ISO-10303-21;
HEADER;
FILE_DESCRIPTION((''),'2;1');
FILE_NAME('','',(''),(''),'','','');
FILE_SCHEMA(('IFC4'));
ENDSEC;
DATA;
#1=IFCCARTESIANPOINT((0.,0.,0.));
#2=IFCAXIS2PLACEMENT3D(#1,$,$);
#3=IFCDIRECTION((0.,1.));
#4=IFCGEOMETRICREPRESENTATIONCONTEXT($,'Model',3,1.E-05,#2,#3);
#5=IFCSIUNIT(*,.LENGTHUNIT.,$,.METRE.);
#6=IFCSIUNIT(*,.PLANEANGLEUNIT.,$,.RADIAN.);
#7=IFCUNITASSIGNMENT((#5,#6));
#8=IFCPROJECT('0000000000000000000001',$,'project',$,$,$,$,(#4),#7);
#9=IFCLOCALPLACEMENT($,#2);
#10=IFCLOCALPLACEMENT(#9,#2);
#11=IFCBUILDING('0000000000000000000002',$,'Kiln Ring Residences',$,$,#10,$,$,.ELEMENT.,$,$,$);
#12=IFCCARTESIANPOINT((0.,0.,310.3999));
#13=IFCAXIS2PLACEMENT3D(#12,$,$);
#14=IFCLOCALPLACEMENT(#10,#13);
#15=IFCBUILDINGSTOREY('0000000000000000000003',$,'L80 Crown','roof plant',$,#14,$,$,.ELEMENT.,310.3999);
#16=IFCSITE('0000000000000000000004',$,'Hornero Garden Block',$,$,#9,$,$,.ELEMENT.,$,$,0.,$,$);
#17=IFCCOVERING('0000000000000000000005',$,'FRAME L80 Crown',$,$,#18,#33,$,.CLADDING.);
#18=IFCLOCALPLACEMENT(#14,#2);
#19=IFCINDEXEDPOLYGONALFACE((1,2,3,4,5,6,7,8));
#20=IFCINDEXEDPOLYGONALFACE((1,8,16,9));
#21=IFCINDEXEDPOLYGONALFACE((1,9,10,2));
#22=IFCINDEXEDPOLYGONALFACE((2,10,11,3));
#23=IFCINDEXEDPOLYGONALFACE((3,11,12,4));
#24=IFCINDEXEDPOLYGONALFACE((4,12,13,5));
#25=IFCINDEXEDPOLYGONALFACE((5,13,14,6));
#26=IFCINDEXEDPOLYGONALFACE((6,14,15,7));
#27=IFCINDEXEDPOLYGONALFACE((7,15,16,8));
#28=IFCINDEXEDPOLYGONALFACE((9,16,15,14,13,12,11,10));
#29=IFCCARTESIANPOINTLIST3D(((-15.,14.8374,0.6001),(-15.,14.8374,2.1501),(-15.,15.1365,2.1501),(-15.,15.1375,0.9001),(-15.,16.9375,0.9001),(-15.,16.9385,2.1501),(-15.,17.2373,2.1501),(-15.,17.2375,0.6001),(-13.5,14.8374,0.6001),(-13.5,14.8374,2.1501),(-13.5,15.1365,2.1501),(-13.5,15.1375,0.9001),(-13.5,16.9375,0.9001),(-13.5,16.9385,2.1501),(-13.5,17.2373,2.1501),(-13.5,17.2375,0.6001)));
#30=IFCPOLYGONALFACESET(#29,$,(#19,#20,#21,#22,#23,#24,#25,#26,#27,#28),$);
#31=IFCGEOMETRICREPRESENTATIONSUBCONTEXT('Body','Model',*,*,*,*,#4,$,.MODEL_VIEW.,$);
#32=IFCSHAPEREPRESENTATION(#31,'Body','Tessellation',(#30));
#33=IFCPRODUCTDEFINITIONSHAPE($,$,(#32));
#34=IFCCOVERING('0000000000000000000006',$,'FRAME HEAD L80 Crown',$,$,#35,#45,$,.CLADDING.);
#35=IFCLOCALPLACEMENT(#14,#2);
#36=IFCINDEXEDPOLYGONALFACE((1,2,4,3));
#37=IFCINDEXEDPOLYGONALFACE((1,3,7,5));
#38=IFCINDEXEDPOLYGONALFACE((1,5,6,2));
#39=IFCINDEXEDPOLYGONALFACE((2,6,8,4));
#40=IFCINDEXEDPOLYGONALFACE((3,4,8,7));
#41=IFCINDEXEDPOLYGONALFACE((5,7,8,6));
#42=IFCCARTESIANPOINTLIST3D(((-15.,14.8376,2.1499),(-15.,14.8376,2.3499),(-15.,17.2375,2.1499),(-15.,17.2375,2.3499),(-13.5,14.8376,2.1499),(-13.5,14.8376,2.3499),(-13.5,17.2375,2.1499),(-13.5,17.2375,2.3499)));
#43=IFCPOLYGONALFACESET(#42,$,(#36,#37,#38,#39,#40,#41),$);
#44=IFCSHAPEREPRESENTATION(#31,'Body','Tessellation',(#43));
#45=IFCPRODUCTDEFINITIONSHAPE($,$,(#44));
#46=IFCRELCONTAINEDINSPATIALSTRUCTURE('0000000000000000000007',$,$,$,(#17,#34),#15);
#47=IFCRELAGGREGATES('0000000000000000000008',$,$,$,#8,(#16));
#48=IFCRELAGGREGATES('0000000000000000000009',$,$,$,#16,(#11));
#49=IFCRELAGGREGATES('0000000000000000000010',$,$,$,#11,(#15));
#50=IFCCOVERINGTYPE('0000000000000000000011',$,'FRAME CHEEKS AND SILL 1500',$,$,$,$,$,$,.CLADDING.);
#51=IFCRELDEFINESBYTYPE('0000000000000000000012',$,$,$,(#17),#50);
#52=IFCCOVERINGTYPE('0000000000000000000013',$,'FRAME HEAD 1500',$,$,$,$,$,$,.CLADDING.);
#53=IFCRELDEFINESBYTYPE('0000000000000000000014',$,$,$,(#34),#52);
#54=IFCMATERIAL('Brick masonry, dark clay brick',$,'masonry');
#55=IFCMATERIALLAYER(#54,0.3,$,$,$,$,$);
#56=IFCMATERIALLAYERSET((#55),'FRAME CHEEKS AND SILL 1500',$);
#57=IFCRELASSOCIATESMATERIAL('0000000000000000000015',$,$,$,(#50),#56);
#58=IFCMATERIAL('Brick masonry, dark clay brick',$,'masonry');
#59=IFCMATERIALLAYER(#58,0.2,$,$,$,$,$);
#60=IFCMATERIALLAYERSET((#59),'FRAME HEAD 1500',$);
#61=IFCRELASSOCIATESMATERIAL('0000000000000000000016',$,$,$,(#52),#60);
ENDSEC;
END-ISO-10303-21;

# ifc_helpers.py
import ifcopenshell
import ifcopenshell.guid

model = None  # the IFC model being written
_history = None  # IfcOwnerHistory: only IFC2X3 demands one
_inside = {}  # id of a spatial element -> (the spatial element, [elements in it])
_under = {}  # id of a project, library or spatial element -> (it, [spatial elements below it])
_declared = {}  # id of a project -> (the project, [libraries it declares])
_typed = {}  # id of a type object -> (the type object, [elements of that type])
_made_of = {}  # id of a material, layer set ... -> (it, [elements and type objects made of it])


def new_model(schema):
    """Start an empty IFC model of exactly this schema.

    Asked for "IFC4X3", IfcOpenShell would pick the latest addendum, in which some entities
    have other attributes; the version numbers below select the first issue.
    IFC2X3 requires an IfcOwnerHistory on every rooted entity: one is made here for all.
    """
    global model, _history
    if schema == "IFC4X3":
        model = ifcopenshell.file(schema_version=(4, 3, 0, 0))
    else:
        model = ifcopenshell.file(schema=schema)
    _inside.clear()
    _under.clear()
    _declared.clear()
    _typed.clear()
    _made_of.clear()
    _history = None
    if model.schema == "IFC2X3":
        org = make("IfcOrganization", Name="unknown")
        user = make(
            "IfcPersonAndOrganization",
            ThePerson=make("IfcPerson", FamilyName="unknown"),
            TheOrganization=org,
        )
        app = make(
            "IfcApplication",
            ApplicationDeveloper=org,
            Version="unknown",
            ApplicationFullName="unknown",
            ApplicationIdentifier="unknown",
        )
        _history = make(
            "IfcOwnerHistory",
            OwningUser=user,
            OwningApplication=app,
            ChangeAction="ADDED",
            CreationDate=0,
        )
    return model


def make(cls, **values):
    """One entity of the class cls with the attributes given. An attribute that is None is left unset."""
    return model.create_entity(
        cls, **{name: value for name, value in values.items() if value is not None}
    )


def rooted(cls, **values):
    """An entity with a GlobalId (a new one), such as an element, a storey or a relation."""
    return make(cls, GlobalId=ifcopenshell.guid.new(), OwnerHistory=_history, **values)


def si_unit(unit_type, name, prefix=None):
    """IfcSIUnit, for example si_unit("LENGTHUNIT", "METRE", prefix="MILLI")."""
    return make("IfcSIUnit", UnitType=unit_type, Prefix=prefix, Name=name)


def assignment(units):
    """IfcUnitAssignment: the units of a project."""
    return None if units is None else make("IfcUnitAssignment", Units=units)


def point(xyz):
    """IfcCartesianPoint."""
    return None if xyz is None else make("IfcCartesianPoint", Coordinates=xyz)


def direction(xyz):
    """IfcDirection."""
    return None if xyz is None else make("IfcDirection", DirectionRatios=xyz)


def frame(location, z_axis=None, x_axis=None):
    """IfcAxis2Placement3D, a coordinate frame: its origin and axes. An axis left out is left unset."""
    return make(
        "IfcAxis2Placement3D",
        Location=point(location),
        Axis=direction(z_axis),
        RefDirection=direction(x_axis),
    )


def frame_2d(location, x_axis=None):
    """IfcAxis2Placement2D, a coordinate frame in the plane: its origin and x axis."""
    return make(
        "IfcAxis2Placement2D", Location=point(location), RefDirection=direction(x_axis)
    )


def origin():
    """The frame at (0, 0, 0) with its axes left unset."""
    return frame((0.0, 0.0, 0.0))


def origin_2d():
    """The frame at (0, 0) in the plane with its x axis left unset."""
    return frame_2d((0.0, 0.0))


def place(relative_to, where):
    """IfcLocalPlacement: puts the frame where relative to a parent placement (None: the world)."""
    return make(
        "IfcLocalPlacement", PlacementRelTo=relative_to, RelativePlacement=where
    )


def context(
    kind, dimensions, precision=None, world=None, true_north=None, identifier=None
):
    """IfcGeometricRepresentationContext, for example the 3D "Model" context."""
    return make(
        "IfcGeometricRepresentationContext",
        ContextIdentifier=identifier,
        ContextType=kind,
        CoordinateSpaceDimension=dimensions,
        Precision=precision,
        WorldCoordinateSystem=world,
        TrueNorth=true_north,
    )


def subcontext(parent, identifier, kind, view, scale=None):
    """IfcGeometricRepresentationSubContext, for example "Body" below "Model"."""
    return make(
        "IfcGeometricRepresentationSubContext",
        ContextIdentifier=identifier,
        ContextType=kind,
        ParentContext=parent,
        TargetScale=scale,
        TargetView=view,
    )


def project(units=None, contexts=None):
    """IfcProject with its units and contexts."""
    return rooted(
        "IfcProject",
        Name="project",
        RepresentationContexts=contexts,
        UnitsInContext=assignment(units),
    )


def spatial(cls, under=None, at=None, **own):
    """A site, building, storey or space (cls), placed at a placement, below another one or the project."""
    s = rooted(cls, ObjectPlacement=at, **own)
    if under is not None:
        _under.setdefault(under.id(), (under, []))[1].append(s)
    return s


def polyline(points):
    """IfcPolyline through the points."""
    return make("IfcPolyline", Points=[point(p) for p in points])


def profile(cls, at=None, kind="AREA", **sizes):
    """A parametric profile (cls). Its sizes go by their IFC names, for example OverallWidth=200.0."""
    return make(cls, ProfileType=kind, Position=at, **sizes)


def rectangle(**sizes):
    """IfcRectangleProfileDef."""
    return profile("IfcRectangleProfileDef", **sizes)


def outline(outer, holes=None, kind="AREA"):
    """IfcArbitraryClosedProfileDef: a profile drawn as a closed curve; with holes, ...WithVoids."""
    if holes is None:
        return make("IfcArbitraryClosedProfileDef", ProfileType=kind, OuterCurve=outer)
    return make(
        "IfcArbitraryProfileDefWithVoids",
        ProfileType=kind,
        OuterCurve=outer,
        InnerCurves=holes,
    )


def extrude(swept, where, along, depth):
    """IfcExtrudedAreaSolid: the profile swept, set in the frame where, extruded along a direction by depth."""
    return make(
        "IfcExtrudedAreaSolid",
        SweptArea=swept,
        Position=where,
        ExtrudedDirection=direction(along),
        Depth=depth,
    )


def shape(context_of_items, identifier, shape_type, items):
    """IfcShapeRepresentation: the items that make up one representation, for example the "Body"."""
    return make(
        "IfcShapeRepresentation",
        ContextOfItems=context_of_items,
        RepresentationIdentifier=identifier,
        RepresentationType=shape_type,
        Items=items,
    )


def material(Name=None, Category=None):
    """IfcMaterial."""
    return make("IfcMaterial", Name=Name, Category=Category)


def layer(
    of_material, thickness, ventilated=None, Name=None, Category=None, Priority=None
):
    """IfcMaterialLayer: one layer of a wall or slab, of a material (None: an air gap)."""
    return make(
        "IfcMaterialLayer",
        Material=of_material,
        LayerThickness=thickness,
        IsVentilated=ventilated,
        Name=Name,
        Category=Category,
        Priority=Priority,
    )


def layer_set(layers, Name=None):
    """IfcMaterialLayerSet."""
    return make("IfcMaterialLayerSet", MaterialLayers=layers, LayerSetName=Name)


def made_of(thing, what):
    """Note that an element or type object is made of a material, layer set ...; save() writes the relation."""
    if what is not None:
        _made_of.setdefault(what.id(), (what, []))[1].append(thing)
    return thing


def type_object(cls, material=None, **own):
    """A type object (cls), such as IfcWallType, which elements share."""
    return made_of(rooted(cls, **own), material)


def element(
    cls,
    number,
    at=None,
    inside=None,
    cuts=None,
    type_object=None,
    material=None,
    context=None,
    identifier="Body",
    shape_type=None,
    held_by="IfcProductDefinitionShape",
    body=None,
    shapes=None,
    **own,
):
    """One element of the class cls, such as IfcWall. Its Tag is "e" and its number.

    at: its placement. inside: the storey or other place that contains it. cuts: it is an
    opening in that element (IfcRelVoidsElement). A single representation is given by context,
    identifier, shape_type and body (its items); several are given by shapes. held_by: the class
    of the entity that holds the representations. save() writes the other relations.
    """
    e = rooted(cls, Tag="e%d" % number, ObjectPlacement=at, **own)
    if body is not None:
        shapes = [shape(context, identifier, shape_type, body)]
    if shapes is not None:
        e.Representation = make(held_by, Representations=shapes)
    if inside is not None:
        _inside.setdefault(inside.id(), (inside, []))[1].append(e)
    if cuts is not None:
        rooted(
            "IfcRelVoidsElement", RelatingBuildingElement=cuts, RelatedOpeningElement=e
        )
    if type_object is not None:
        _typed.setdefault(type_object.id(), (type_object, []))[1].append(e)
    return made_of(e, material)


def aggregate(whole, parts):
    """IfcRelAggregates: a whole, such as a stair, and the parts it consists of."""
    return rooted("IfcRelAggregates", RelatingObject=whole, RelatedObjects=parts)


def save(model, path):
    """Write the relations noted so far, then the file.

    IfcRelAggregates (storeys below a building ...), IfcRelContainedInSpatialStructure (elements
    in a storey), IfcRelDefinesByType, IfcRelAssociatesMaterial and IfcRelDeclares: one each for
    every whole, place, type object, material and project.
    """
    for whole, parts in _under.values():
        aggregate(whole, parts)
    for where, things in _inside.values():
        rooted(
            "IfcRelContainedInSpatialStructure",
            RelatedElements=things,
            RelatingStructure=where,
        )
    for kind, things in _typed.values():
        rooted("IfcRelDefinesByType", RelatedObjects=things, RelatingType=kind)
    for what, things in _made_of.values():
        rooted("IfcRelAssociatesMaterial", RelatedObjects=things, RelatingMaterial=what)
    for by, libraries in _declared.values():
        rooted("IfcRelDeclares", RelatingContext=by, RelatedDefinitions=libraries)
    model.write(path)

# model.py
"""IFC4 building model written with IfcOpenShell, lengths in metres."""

from ifc_helpers import new_model, si_unit, direction, frame, origin, origin_2d, place, context, subcontext, project, spatial, polyline, rectangle, outline, extrude, material, layer, layer_set, type_object, element, save


model = new_model("IFC4")

# Units and contexts
model_context = context("Model", 3, precision=1e-05, world=origin(), true_north=direction((0.0, 1.0)))
body_context = subcontext(model_context, "Body", "Model", "MODEL_VIEW")
ifc_project = project(units=[si_unit("LENGTHUNIT", "METRE"), si_unit("PLANEANGLEUNIT", "RADIAN")], contexts=[model_context])

# Site, building, storey
site_placement = place(None, origin())
site = spatial("IfcSite", under=ifc_project, at=site_placement, Name="Hornero Garden Block", CompositionType="ELEMENT", RefElevation=0.0)
building_placement = place(site_placement, origin())
building = spatial("IfcBuilding", under=site, at=building_placement, Name="Kiln Ring Residences", CompositionType="ELEMENT")
storey_placement = place(building_placement, frame((0.0, 0.0, 310.3999)))
storey = spatial("IfcBuildingStorey", under=building, at=storey_placement, Name="L80 Crown", Description="roof plant", CompositionType="ELEMENT", Elevation=310.3999)

# Coverings
ifc_material_1 = material(Name="Brick masonry, dark clay brick", Category="masonry")
ifc_layer_1 = layer(ifc_material_1, 0.3)
ifc_layer_set_1 = layer_set([ifc_layer_1], Name="FRAME CHEEKS AND SILL 1500")
covering_type_1 = type_object("IfcCoveringType", Name="FRAME CHEEKS AND SILL 1500", PredefinedType="CLADDING", material=ifc_layer_set_1)
covering_1_placement = place(storey_placement, frame((-14.25, 14.8374, 0.6001), z_axis=(0.0, 0.0, 1.0), x_axis=(0.0, 1.0, 0.0)))
element("IfcCovering", 1, at=covering_1_placement, inside=storey, type_object=covering_type_1, Name="FRAME L80 Crown", PredefinedType="CLADDING", context=body_context, shape_type="SweptSolid", body=[
    extrude(outline(polyline([(0.0, 0.0), (2.4001, 0.0), (2.3999, 1.55), (2.1011, 1.55), (2.1001, 0.3), (0.3, 0.3), (0.2991, 1.55), (0.0, 1.55), (0.0, 0.0)])), frame((0.0, 0.75, 0.0), z_axis=(0.0, -1.0, 0.0), x_axis=(1.0, 0.0, 0.0)), (0.0, 0.0, 1.0), 1.5),
])
ifc_material_2 = material(Name="Brick masonry, dark clay brick", Category="masonry")
ifc_layer_2 = layer(ifc_material_2, 0.2)
ifc_layer_set_2 = layer_set([ifc_layer_2], Name="FRAME HEAD 1500")
covering_type_2 = type_object("IfcCoveringType", Name="FRAME HEAD 1500", PredefinedType="CLADDING", material=ifc_layer_set_2)
covering_2_placement = place(storey_placement, frame((-14.25, 16.0376, 2.1499), z_axis=(0.0, 0.0, 1.0), x_axis=(0.0, 1.0, 0.0)))
element("IfcCovering", 2, at=covering_2_placement, inside=storey, type_object=covering_type_2, Name="FRAME HEAD L80 Crown", PredefinedType="CLADDING", context=body_context, shape_type="SweptSolid", body=[
    extrude(rectangle(XDim=2.3999, YDim=1.5, at=origin_2d()), origin(), (0.0, 0.0, 1.0), 0.2),
])

save(model, "model.ifc")
